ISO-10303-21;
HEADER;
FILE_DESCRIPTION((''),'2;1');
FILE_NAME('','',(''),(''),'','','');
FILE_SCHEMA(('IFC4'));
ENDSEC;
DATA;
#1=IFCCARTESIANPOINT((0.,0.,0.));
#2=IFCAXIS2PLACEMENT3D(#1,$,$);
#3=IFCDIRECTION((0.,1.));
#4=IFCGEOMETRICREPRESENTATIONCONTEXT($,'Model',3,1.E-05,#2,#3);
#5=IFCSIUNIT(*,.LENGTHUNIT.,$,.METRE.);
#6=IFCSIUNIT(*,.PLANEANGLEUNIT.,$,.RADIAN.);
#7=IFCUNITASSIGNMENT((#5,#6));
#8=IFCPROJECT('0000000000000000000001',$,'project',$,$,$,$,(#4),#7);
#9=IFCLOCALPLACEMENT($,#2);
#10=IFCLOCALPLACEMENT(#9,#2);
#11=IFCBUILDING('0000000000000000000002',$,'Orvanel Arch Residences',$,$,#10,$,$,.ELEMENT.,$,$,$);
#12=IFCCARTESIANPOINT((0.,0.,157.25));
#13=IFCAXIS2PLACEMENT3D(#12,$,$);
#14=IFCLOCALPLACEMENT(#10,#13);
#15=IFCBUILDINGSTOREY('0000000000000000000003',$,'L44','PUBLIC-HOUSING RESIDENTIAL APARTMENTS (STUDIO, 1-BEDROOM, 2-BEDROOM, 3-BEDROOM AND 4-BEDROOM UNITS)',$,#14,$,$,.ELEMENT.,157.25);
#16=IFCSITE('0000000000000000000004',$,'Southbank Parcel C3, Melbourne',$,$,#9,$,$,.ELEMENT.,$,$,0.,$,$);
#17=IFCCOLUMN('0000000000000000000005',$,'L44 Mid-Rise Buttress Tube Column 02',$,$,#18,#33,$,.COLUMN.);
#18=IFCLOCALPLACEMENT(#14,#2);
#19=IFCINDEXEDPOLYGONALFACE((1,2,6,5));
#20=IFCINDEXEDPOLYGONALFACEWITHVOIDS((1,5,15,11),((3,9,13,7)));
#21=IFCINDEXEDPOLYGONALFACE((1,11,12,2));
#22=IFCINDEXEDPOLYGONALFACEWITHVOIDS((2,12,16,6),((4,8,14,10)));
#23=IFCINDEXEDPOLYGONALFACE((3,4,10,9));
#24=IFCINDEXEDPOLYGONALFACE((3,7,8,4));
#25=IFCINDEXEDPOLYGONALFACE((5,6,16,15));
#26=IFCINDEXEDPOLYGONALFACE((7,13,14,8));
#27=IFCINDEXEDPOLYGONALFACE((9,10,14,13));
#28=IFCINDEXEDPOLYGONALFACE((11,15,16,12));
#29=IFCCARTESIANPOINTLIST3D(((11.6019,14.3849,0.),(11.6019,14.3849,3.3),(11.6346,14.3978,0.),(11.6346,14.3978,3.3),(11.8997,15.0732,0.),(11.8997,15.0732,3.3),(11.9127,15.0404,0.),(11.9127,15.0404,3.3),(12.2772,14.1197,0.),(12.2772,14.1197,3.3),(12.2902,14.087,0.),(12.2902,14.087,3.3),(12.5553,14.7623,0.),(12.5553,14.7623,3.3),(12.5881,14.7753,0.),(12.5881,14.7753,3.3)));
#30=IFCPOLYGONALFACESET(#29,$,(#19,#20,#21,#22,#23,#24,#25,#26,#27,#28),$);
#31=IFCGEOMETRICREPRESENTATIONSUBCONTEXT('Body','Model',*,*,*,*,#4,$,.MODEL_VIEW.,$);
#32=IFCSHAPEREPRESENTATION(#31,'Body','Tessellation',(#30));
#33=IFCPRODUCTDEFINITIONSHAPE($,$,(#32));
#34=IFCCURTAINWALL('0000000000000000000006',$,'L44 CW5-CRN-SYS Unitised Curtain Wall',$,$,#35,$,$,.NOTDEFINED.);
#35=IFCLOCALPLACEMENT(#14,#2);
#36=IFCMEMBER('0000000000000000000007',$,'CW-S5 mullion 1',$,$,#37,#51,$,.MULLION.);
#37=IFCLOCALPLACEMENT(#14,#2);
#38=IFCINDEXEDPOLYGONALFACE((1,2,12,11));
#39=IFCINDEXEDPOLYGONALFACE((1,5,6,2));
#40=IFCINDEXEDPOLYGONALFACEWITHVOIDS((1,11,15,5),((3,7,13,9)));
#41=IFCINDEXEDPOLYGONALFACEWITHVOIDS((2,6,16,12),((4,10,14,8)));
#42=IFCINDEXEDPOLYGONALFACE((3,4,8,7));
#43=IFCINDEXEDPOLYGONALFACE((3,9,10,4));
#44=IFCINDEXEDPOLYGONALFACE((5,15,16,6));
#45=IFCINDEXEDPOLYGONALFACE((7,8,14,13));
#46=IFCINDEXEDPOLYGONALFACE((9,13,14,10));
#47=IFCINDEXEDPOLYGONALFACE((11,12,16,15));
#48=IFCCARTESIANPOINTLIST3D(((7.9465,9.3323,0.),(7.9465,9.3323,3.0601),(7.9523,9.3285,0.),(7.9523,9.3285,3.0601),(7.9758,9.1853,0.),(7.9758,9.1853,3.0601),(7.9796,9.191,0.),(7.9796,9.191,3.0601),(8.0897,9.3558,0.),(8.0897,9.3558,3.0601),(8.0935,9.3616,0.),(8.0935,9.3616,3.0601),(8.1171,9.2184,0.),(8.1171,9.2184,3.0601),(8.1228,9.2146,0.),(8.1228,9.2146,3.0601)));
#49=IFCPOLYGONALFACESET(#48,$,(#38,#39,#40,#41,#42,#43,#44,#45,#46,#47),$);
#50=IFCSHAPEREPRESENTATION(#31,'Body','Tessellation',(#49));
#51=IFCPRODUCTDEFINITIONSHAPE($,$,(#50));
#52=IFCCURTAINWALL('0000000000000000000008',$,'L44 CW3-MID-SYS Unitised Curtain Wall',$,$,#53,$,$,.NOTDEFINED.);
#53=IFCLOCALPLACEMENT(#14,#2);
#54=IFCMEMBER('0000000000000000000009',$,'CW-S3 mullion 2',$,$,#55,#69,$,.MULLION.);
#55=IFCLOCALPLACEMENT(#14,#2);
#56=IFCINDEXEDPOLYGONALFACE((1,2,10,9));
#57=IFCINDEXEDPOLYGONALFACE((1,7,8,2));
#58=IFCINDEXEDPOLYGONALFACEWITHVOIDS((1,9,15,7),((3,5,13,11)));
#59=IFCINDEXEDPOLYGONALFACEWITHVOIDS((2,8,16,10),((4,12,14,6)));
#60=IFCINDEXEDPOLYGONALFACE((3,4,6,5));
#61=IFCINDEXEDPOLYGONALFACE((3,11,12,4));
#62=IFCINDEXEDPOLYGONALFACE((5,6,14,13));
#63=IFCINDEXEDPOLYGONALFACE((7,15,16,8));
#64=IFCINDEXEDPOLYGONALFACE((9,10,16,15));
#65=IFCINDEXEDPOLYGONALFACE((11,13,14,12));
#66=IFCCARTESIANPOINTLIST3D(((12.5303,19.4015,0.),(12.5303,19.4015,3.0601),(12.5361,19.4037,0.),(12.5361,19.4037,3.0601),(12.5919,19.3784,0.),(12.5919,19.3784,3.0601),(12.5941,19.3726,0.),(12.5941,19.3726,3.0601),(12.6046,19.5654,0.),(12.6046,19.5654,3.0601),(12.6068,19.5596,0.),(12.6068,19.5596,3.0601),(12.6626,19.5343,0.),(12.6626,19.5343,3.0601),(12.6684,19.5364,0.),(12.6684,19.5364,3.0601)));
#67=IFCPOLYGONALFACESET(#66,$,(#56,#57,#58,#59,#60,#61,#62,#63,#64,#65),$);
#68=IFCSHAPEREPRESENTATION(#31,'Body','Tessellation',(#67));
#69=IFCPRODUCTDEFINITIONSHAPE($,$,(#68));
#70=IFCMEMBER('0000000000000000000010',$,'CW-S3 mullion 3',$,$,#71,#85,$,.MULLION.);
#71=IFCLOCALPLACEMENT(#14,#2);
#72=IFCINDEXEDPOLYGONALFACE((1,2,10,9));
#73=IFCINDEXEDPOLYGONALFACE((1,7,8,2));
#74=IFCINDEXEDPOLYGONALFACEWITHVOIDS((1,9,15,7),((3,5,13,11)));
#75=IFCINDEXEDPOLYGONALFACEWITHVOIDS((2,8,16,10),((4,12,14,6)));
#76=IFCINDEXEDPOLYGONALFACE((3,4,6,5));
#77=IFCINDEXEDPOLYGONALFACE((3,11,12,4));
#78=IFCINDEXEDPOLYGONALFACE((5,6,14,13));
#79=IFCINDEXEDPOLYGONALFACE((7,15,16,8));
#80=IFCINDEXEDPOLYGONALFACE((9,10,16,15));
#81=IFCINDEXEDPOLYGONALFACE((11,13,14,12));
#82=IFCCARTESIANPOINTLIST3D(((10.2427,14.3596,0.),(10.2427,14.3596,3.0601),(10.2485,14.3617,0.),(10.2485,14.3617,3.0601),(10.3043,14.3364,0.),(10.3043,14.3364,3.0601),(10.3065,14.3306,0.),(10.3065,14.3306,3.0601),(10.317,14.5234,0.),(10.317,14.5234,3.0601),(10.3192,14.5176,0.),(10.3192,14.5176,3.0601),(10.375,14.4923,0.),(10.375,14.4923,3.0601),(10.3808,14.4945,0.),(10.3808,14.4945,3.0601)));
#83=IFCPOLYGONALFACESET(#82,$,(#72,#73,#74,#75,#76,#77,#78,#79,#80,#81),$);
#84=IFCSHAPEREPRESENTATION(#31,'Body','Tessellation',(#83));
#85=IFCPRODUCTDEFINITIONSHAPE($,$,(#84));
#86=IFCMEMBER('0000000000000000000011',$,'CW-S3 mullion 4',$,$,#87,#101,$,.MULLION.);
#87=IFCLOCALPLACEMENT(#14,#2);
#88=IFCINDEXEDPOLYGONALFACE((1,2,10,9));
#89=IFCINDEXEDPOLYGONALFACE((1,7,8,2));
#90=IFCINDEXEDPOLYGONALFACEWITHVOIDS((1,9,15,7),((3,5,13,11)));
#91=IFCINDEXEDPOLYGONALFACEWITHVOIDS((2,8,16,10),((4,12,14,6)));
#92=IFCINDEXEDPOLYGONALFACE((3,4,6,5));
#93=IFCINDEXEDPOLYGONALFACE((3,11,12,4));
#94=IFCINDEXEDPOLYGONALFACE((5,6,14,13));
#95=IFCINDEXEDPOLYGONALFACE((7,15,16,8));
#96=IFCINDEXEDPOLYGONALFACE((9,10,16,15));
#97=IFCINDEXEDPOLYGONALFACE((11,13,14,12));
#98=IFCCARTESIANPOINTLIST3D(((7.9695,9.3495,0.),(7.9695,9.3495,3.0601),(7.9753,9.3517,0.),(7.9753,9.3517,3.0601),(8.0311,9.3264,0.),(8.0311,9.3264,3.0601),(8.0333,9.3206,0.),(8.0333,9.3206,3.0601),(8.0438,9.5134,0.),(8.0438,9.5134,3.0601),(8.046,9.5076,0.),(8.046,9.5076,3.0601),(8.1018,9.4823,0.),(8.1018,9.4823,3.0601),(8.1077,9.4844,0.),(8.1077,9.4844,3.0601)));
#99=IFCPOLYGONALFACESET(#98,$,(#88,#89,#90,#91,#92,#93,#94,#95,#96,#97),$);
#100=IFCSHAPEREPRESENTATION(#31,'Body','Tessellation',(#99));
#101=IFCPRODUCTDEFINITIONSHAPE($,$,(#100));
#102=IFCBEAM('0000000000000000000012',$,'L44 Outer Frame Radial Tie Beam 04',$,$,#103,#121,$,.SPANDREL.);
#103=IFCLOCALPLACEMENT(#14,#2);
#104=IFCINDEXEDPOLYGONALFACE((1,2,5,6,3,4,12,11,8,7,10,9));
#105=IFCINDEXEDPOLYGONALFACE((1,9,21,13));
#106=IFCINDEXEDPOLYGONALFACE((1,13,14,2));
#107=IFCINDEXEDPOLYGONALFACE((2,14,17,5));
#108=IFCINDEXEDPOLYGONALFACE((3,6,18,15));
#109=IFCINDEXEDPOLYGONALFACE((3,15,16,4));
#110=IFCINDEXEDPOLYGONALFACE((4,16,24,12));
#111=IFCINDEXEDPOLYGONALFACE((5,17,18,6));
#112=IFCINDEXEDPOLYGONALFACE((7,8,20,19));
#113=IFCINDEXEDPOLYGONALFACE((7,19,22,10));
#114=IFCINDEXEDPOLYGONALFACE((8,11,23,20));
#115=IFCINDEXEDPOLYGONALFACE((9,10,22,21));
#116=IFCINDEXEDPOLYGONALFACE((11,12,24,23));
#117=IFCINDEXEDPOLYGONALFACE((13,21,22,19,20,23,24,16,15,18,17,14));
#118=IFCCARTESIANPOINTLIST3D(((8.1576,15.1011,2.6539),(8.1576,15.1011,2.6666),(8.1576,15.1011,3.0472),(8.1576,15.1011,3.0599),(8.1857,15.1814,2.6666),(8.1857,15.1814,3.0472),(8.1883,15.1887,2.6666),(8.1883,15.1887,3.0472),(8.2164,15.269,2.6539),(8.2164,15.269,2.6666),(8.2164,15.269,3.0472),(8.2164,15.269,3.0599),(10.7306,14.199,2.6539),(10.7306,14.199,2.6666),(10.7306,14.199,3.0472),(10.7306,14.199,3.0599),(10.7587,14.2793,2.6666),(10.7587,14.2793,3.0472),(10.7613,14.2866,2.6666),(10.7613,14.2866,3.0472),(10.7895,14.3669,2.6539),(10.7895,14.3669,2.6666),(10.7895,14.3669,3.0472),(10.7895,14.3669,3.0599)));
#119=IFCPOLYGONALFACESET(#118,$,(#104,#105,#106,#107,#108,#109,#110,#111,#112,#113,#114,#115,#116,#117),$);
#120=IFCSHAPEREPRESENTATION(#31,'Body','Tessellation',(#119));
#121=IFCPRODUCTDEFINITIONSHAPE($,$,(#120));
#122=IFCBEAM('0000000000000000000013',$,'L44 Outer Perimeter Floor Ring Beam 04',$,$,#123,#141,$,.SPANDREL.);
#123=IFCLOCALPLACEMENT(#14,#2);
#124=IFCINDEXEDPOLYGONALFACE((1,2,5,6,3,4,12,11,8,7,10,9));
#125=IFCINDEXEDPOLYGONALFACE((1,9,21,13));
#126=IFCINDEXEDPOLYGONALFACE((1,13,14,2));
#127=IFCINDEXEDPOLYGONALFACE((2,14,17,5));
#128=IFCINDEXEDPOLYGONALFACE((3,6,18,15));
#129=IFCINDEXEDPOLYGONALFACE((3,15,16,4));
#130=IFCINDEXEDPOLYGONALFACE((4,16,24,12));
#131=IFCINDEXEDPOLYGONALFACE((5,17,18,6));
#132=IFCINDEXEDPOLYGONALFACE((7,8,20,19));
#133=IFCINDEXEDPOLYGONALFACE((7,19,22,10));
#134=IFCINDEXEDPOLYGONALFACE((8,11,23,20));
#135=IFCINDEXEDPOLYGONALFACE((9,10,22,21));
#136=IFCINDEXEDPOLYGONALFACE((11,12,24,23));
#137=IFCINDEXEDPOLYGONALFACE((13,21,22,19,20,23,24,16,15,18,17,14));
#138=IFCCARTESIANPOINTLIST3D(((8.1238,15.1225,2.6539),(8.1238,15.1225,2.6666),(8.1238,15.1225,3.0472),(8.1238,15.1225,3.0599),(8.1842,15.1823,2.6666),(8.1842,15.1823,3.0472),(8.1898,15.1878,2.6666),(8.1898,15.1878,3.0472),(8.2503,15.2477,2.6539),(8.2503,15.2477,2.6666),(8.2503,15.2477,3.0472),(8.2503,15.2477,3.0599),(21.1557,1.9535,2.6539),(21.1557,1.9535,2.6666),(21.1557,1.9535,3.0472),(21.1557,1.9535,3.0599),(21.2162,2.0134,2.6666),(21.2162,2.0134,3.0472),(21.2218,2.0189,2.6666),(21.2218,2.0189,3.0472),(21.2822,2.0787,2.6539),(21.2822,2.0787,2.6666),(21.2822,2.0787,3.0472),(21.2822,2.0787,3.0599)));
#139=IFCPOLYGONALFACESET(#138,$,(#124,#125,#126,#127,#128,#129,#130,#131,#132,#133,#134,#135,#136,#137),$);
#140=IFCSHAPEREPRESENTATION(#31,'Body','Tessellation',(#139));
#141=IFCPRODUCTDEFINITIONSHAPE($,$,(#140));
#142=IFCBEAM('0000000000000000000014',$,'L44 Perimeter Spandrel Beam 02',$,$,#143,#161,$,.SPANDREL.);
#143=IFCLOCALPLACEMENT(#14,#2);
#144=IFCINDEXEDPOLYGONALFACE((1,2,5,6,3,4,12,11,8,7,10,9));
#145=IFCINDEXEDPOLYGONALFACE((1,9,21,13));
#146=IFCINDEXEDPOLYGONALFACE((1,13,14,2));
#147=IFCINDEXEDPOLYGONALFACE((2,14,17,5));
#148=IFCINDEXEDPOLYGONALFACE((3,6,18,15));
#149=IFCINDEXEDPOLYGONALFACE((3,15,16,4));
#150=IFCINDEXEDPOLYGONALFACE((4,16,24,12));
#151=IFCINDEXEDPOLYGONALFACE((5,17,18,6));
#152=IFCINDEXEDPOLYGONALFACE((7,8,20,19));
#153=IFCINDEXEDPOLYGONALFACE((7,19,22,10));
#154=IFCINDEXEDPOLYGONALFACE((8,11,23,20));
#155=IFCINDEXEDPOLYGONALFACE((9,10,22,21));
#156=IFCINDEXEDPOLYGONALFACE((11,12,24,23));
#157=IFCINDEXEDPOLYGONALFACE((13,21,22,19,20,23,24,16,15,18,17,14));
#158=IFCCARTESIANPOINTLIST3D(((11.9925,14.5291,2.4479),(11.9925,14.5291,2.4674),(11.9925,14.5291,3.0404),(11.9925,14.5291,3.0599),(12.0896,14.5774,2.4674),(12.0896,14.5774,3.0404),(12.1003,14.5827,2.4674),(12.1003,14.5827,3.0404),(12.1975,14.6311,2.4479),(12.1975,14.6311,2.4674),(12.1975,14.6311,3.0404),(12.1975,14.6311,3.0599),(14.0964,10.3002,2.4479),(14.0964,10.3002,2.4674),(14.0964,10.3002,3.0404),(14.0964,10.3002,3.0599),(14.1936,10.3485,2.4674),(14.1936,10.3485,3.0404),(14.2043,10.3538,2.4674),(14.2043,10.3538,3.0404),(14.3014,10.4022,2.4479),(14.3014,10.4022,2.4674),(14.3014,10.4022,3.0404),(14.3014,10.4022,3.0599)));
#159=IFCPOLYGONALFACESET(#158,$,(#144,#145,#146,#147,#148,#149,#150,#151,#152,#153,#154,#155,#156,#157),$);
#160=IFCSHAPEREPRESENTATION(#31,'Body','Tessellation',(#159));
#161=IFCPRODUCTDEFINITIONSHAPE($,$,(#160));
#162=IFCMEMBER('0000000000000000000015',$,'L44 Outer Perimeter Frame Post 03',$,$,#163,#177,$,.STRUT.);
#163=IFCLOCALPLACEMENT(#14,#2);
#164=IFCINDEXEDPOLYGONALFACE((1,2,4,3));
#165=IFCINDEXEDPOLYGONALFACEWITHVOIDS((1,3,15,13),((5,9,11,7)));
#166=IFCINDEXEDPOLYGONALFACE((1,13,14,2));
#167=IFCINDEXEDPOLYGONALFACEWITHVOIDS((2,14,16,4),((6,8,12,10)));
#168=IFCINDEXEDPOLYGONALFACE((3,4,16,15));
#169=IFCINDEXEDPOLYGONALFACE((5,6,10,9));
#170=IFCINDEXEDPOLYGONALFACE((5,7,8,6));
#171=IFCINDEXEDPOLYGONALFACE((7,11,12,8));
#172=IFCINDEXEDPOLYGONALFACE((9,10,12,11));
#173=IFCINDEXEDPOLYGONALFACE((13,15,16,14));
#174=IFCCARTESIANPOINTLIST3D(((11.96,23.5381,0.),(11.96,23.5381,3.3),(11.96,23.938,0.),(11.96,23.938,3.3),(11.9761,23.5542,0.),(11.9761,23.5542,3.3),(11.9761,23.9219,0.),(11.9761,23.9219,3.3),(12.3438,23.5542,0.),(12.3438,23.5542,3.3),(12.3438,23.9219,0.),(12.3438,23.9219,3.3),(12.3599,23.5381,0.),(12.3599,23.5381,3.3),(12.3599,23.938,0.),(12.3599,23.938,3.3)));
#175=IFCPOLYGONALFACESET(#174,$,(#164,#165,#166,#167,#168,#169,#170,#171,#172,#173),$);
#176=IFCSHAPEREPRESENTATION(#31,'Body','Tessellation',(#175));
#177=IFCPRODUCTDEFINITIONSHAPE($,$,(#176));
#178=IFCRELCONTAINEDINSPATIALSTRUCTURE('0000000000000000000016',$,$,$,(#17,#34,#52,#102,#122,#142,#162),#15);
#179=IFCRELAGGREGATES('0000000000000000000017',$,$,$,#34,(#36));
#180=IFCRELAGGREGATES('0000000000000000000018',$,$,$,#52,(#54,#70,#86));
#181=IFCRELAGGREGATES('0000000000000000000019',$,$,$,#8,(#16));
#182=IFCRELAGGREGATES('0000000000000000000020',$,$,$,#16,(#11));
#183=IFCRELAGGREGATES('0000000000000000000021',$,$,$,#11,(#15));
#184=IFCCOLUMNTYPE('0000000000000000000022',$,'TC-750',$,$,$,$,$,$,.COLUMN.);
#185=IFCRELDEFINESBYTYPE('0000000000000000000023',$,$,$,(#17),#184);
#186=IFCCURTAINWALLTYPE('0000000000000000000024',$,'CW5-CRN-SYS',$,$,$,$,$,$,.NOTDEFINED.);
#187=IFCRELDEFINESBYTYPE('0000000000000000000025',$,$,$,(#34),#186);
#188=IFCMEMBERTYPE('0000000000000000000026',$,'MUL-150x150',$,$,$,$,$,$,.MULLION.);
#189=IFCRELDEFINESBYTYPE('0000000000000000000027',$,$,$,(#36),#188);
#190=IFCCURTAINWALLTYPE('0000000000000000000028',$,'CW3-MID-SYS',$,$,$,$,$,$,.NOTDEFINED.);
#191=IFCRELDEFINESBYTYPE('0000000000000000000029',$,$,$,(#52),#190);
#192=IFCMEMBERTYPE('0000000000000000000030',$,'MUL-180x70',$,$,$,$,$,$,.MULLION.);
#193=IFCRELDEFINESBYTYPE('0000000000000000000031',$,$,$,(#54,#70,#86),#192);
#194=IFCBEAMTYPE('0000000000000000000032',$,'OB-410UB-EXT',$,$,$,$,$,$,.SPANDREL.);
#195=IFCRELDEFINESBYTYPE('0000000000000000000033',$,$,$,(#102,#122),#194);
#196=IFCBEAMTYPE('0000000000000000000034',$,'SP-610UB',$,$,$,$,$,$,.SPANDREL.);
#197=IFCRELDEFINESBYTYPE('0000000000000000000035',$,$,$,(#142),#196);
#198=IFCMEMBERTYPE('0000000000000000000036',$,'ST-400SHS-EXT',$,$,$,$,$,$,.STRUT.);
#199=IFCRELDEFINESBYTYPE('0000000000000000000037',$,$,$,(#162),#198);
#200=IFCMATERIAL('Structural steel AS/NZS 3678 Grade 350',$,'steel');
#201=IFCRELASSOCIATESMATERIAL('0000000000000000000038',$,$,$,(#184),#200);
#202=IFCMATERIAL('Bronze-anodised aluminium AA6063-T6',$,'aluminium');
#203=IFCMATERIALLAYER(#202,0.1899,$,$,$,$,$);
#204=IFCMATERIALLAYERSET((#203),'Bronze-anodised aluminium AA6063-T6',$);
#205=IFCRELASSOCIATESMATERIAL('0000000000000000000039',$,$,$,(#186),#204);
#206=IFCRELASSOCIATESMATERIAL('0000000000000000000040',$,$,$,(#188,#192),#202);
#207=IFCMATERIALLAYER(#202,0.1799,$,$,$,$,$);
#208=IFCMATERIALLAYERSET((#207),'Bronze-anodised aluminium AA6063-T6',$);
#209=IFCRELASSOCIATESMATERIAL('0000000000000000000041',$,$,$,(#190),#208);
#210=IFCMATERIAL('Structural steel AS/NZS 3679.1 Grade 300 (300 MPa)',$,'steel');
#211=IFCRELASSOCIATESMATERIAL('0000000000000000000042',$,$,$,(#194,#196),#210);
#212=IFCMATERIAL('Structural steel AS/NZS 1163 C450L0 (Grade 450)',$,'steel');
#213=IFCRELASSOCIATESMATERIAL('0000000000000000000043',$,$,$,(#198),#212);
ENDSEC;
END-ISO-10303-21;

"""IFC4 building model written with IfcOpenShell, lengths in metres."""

from ifc_helpers import new_model, si_unit, direction, frame, origin, origin_2d, place, context, subcontext, project, spatial, hollow_rectangle, i_section, extrude, material, layer, layer_set, material_profile, profile_set, type_object, element, aggregate, save


model = new_model("IFC4")

# Units and contexts
model_context = context("Model", 3, precision=1e-05, world=origin(), true_north=direction((0.0, 1.0)))
body_context = subcontext(model_context, "Body", "Model", "MODEL_VIEW")
ifc_project = project(units=[si_unit("LENGTHUNIT", "METRE"), si_unit("PLANEANGLEUNIT", "RADIAN")], contexts=[model_context])

# Site, building, storey
site_placement = place(None, origin())
site = spatial("IfcSite", under=ifc_project, at=site_placement, Name="Southbank Parcel C3, Melbourne", CompositionType="ELEMENT", RefElevation=0.0)
building_placement = place(site_placement, origin())
building = spatial("IfcBuilding", under=site, at=building_placement, Name="Orvanel Arch Residences", CompositionType="ELEMENT")
storey_placement = place(building_placement, frame((0.0, 0.0, 157.25)))
storey = spatial("IfcBuildingStorey", under=building, at=storey_placement, Name="L44", Description="PUBLIC-HOUSING RESIDENTIAL APARTMENTS (STUDIO, 1-BEDROOM, 2-BEDROOM, 3-BEDROOM AND 4-BEDROOM UNITS)", CompositionType="ELEMENT", Elevation=157.25)

# Column
ifc_material_1 = material(Name="Structural steel AS/NZS 3678 Grade 350", Category="steel")
ifc_material_profile_1 = material_profile(ifc_material_1, hollow_rectangle(XDim=0.75, YDim=0.75, WallThickness=0.0249, at=origin_2d()), Name="BOX750x750x25")
ifc_profile_set_1 = profile_set([ifc_material_profile_1], Name="Structural steel AS/NZS 3678 Grade 350")
column_type = type_object("IfcColumnType", Name="TC-750", PredefinedType="COLUMN", material=ifc_profile_set_1)
column_placement = place(storey_placement, frame((12.095, 14.5801, 0.0), z_axis=(0.0, 0.0, 1.0), x_axis=(0.397148, 0.917755, 0.0)))
element("IfcColumn", 1, at=column_placement, inside=storey, type_object=column_type, Name="L44 Mid-Rise Buttress Tube Column 02", PredefinedType="COLUMN", context=body_context, shape_type="SweptSolid", body=[
    extrude(hollow_rectangle(XDim=0.75, YDim=0.75, WallThickness=0.0249, at=origin_2d()), origin(), (0.0, 0.0, 1.0), 3.3),
])

# Curtain wall, member
ifc_material_2 = material(Name="Bronze-anodised aluminium AA6063-T6", Category="aluminium")
ifc_layer_1 = layer(ifc_material_2, 0.1899)
ifc_layer_set_1 = layer_set([ifc_layer_1], Name="Bronze-anodised aluminium AA6063-T6")
curtain_wall_type_1 = type_object("IfcCurtainWallType", Name="CW5-CRN-SYS", PredefinedType="NOTDEFINED", material=ifc_layer_set_1)
curtain_wall_1_placement = place(storey_placement, origin())
curtain_wall_1 = element("IfcCurtainWall", 2, at=curtain_wall_1_placement, inside=storey, type_object=curtain_wall_type_1, Name="L44 CW5-CRN-SYS Unitised Curtain Wall", PredefinedType="NOTDEFINED")
ifc_material_profile_2 = material_profile(ifc_material_2, hollow_rectangle(XDim=0.1499, YDim=0.1499, WallThickness=0.0049, at=origin_2d()), Name="ALU150x150x5")
ifc_profile_set_2 = profile_set([ifc_material_profile_2], Name="Bronze-anodised aluminium AA6063-T6")
member_type_1 = type_object("IfcMemberType", Name="MUL-150x150", PredefinedType="MULLION", material=ifc_profile_set_2)
member_1_placement = place(storey_placement, frame((8.0347, 9.2734, 0.0), z_axis=(0.0, 0.0, 1.0), x_axis=(0.980732, 0.195358, 0.0)))
member_1 = element("IfcMember", 3, at=member_1_placement, type_object=member_type_1, Name="CW-S5 mullion 1", PredefinedType="MULLION", context=body_context, shape_type="SweptSolid", body=[
    extrude(hollow_rectangle(XDim=0.1499, YDim=0.1499, WallThickness=0.0049, at=origin_2d()), origin(), (0.0, 0.0, 1.0), 3.0601),
])
aggregate(curtain_wall_1, [member_1])

# Curtain wall, members
ifc_layer_2 = layer(ifc_material_2, 0.1799)
ifc_layer_set_2 = layer_set([ifc_layer_2], Name="Bronze-anodised aluminium AA6063-T6")
curtain_wall_type_2 = type_object("IfcCurtainWallType", Name="CW3-MID-SYS", PredefinedType="NOTDEFINED", material=ifc_layer_set_2)
curtain_wall_2_placement = place(storey_placement, origin())
curtain_wall_2 = element("IfcCurtainWall", 4, at=curtain_wall_2_placement, inside=storey, type_object=curtain_wall_type_2, Name="L44 CW3-MID-SYS Unitised Curtain Wall", PredefinedType="NOTDEFINED")
ifc_material_profile_3 = material_profile(ifc_material_2, hollow_rectangle(XDim=0.0701, YDim=0.1799, WallThickness=0.0044, at=origin_2d()), Name="ALU180x70x4.5")
ifc_profile_set_3 = profile_set([ifc_material_profile_3], Name="Bronze-anodised aluminium AA6063-T6")
member_type_2 = type_object("IfcMemberType", Name="MUL-180x70", PredefinedType="MULLION", material=ifc_profile_set_3)
member_2_placement = place(storey_placement, frame((12.5994, 19.469, 0.0), z_axis=(0.0, 0.0, 1.0), x_axis=(0.910649, -0.413181, 0.0)))
member_2 = element("IfcMember", 5, at=member_2_placement, type_object=member_type_2, Name="CW-S3 mullion 2", PredefinedType="MULLION", context=body_context, shape_type="SweptSolid", body=[
    extrude(hollow_rectangle(XDim=0.0701, YDim=0.1799, WallThickness=0.0044, at=origin_2d()), origin(), (0.0, 0.0, 1.0), 3.0601),
])
member_3_placement = place(storey_placement, frame((10.3118, 14.427, 0.0), z_axis=(0.0, 0.0, 1.0), x_axis=(0.910649, -0.413181, 0.0)))
member_3 = element("IfcMember", 6, at=member_3_placement, type_object=member_type_2, Name="CW-S3 mullion 3", PredefinedType="MULLION", context=body_context, shape_type="SweptSolid", body=[
    extrude(hollow_rectangle(XDim=0.0701, YDim=0.1799, WallThickness=0.0044, at=origin_2d()), origin(), (0.0, 0.0, 1.0), 3.0601),
])
member_4_placement = place(storey_placement, frame((8.0386, 9.417, 0.0), z_axis=(0.0, 0.0, 1.0), x_axis=(0.910649, -0.413181, 0.0)))
member_4 = element("IfcMember", 7, at=member_4_placement, type_object=member_type_2, Name="CW-S3 mullion 4", PredefinedType="MULLION", context=body_context, shape_type="SweptSolid", body=[
    extrude(hollow_rectangle(XDim=0.0701, YDim=0.1799, WallThickness=0.0044, at=origin_2d()), origin(), (0.0, 0.0, 1.0), 3.0601),
])

# Beams
ifc_material_3 = material(Name="Structural steel AS/NZS 3679.1 Grade 300 (300 MPa)", Category="steel")
ifc_material_profile_4 = material_profile(ifc_material_3, i_section(OverallWidth=0.178, OverallDepth=0.406, WebThickness=0.0078, FlangeThickness=0.0127, at=origin_2d()), Name="410UB59.7")
ifc_profile_set_4 = profile_set([ifc_material_profile_4], Name="Structural steel AS/NZS 3679.1 Grade 300 (300 MPa)")
beam_type_1 = type_object("IfcBeamType", Name="OB-410UB-EXT", PredefinedType="SPANDREL", material=ifc_profile_set_4)
beam_1_placement = place(storey_placement, frame((10.76, 14.283, 2.8569), z_axis=(-0.943681, 0.330857, 0.0), x_axis=(-0.330857, -0.943681, 0.0)))
element("IfcBeam", 8, at=beam_1_placement, inside=storey, type_object=beam_type_1, Name="L44 Outer Frame Radial Tie Beam 04", PredefinedType="SPANDREL", context=body_context, shape_type="SweptSolid", body=[
    extrude(i_section(OverallWidth=0.178, OverallDepth=0.406, WebThickness=0.0078, FlangeThickness=0.0127, at=origin_2d()), origin(), (0.0, 0.0, 1.0), 2.7266),
])
beam_2_placement = place(storey_placement, frame((8.187, 15.1851, 2.8569), z_axis=(0.703401, -0.710793, 0.0), x_axis=(0.710793, 0.703401, 0.0)))
element("IfcBeam", 9, at=beam_2_placement, inside=storey, type_object=beam_type_1, Name="L44 Outer Perimeter Floor Ring Beam 04", PredefinedType="SPANDREL", context=body_context, shape_type="SweptSolid", body=[
    extrude(i_section(OverallWidth=0.178, OverallDepth=0.406, WebThickness=0.0078, FlangeThickness=0.0127, at=origin_2d()), origin(), (0.0, 0.0, 1.0), 18.5271),
])
ifc_material_profile_5 = material_profile(ifc_material_3, i_section(OverallWidth=0.229, OverallDepth=0.6121, WebThickness=0.012, FlangeThickness=0.0195, at=origin_2d()), Name="610UB125")
ifc_profile_set_5 = profile_set([ifc_material_profile_5], Name="Structural steel AS/NZS 3679.1 Grade 300 (300 MPa)")
beam_type_2 = type_object("IfcBeamType", Name="SP-610UB", PredefinedType="SPANDREL", material=ifc_profile_set_5)
beam_3_placement = place(storey_placement, frame((12.095, 14.5801, 2.7539), z_axis=(0.445435, -0.895314, 0.0), x_axis=(0.895314, 0.445435, 0.0)))
element("IfcBeam", 10, at=beam_3_placement, inside=storey, type_object=beam_type_2, Name="L44 Perimeter Spandrel Beam 02", PredefinedType="SPANDREL", context=body_context, shape_type="SweptSolid", body=[
    extrude(i_section(OverallWidth=0.229, OverallDepth=0.6121, WebThickness=0.012, FlangeThickness=0.0195, at=origin_2d()), origin(), (0.0, 0.0, 1.0), 4.7234),
])

# Member
ifc_material_4 = material(Name="Structural steel AS/NZS 1163 C450L0 (Grade 450)", Category="steel")
ifc_material_profile_6 = material_profile(ifc_material_4, hollow_rectangle(XDim=0.3999, YDim=0.3999, WallThickness=0.0161, at=origin_2d()), Name="SHS400x400x16")
ifc_profile_set_6 = profile_set([ifc_material_profile_6], Name="Structural steel AS/NZS 1163 C450L0 (Grade 450)")
member_type_3 = type_object("IfcMemberType", Name="ST-400SHS-EXT", PredefinedType="STRUT", material=ifc_profile_set_6)
for number, where, z_axis, x_axis, name in (
    (11, (12.1599, 23.738, 0.0), (0.0, 0.0, 1.0), (1.0, 0.0, 0.0), "L44 Outer Perimeter Frame Post 03"),
):
    element("IfcMember", number, at=place(storey_placement, frame(where, z_axis=z_axis, x_axis=x_axis)), inside=storey, type_object=member_type_3, Name=name, PredefinedType="STRUT", context=body_context, shape_type="SweptSolid", body=[
        extrude(hollow_rectangle(XDim=0.3999, YDim=0.3999, WallThickness=0.0161, at=origin_2d()), origin(), (0.0, 0.0, 1.0), 3.3),
    ])

aggregate(curtain_wall_2, [member_2, member_3, member_4])

save(model, "model.ifc")
